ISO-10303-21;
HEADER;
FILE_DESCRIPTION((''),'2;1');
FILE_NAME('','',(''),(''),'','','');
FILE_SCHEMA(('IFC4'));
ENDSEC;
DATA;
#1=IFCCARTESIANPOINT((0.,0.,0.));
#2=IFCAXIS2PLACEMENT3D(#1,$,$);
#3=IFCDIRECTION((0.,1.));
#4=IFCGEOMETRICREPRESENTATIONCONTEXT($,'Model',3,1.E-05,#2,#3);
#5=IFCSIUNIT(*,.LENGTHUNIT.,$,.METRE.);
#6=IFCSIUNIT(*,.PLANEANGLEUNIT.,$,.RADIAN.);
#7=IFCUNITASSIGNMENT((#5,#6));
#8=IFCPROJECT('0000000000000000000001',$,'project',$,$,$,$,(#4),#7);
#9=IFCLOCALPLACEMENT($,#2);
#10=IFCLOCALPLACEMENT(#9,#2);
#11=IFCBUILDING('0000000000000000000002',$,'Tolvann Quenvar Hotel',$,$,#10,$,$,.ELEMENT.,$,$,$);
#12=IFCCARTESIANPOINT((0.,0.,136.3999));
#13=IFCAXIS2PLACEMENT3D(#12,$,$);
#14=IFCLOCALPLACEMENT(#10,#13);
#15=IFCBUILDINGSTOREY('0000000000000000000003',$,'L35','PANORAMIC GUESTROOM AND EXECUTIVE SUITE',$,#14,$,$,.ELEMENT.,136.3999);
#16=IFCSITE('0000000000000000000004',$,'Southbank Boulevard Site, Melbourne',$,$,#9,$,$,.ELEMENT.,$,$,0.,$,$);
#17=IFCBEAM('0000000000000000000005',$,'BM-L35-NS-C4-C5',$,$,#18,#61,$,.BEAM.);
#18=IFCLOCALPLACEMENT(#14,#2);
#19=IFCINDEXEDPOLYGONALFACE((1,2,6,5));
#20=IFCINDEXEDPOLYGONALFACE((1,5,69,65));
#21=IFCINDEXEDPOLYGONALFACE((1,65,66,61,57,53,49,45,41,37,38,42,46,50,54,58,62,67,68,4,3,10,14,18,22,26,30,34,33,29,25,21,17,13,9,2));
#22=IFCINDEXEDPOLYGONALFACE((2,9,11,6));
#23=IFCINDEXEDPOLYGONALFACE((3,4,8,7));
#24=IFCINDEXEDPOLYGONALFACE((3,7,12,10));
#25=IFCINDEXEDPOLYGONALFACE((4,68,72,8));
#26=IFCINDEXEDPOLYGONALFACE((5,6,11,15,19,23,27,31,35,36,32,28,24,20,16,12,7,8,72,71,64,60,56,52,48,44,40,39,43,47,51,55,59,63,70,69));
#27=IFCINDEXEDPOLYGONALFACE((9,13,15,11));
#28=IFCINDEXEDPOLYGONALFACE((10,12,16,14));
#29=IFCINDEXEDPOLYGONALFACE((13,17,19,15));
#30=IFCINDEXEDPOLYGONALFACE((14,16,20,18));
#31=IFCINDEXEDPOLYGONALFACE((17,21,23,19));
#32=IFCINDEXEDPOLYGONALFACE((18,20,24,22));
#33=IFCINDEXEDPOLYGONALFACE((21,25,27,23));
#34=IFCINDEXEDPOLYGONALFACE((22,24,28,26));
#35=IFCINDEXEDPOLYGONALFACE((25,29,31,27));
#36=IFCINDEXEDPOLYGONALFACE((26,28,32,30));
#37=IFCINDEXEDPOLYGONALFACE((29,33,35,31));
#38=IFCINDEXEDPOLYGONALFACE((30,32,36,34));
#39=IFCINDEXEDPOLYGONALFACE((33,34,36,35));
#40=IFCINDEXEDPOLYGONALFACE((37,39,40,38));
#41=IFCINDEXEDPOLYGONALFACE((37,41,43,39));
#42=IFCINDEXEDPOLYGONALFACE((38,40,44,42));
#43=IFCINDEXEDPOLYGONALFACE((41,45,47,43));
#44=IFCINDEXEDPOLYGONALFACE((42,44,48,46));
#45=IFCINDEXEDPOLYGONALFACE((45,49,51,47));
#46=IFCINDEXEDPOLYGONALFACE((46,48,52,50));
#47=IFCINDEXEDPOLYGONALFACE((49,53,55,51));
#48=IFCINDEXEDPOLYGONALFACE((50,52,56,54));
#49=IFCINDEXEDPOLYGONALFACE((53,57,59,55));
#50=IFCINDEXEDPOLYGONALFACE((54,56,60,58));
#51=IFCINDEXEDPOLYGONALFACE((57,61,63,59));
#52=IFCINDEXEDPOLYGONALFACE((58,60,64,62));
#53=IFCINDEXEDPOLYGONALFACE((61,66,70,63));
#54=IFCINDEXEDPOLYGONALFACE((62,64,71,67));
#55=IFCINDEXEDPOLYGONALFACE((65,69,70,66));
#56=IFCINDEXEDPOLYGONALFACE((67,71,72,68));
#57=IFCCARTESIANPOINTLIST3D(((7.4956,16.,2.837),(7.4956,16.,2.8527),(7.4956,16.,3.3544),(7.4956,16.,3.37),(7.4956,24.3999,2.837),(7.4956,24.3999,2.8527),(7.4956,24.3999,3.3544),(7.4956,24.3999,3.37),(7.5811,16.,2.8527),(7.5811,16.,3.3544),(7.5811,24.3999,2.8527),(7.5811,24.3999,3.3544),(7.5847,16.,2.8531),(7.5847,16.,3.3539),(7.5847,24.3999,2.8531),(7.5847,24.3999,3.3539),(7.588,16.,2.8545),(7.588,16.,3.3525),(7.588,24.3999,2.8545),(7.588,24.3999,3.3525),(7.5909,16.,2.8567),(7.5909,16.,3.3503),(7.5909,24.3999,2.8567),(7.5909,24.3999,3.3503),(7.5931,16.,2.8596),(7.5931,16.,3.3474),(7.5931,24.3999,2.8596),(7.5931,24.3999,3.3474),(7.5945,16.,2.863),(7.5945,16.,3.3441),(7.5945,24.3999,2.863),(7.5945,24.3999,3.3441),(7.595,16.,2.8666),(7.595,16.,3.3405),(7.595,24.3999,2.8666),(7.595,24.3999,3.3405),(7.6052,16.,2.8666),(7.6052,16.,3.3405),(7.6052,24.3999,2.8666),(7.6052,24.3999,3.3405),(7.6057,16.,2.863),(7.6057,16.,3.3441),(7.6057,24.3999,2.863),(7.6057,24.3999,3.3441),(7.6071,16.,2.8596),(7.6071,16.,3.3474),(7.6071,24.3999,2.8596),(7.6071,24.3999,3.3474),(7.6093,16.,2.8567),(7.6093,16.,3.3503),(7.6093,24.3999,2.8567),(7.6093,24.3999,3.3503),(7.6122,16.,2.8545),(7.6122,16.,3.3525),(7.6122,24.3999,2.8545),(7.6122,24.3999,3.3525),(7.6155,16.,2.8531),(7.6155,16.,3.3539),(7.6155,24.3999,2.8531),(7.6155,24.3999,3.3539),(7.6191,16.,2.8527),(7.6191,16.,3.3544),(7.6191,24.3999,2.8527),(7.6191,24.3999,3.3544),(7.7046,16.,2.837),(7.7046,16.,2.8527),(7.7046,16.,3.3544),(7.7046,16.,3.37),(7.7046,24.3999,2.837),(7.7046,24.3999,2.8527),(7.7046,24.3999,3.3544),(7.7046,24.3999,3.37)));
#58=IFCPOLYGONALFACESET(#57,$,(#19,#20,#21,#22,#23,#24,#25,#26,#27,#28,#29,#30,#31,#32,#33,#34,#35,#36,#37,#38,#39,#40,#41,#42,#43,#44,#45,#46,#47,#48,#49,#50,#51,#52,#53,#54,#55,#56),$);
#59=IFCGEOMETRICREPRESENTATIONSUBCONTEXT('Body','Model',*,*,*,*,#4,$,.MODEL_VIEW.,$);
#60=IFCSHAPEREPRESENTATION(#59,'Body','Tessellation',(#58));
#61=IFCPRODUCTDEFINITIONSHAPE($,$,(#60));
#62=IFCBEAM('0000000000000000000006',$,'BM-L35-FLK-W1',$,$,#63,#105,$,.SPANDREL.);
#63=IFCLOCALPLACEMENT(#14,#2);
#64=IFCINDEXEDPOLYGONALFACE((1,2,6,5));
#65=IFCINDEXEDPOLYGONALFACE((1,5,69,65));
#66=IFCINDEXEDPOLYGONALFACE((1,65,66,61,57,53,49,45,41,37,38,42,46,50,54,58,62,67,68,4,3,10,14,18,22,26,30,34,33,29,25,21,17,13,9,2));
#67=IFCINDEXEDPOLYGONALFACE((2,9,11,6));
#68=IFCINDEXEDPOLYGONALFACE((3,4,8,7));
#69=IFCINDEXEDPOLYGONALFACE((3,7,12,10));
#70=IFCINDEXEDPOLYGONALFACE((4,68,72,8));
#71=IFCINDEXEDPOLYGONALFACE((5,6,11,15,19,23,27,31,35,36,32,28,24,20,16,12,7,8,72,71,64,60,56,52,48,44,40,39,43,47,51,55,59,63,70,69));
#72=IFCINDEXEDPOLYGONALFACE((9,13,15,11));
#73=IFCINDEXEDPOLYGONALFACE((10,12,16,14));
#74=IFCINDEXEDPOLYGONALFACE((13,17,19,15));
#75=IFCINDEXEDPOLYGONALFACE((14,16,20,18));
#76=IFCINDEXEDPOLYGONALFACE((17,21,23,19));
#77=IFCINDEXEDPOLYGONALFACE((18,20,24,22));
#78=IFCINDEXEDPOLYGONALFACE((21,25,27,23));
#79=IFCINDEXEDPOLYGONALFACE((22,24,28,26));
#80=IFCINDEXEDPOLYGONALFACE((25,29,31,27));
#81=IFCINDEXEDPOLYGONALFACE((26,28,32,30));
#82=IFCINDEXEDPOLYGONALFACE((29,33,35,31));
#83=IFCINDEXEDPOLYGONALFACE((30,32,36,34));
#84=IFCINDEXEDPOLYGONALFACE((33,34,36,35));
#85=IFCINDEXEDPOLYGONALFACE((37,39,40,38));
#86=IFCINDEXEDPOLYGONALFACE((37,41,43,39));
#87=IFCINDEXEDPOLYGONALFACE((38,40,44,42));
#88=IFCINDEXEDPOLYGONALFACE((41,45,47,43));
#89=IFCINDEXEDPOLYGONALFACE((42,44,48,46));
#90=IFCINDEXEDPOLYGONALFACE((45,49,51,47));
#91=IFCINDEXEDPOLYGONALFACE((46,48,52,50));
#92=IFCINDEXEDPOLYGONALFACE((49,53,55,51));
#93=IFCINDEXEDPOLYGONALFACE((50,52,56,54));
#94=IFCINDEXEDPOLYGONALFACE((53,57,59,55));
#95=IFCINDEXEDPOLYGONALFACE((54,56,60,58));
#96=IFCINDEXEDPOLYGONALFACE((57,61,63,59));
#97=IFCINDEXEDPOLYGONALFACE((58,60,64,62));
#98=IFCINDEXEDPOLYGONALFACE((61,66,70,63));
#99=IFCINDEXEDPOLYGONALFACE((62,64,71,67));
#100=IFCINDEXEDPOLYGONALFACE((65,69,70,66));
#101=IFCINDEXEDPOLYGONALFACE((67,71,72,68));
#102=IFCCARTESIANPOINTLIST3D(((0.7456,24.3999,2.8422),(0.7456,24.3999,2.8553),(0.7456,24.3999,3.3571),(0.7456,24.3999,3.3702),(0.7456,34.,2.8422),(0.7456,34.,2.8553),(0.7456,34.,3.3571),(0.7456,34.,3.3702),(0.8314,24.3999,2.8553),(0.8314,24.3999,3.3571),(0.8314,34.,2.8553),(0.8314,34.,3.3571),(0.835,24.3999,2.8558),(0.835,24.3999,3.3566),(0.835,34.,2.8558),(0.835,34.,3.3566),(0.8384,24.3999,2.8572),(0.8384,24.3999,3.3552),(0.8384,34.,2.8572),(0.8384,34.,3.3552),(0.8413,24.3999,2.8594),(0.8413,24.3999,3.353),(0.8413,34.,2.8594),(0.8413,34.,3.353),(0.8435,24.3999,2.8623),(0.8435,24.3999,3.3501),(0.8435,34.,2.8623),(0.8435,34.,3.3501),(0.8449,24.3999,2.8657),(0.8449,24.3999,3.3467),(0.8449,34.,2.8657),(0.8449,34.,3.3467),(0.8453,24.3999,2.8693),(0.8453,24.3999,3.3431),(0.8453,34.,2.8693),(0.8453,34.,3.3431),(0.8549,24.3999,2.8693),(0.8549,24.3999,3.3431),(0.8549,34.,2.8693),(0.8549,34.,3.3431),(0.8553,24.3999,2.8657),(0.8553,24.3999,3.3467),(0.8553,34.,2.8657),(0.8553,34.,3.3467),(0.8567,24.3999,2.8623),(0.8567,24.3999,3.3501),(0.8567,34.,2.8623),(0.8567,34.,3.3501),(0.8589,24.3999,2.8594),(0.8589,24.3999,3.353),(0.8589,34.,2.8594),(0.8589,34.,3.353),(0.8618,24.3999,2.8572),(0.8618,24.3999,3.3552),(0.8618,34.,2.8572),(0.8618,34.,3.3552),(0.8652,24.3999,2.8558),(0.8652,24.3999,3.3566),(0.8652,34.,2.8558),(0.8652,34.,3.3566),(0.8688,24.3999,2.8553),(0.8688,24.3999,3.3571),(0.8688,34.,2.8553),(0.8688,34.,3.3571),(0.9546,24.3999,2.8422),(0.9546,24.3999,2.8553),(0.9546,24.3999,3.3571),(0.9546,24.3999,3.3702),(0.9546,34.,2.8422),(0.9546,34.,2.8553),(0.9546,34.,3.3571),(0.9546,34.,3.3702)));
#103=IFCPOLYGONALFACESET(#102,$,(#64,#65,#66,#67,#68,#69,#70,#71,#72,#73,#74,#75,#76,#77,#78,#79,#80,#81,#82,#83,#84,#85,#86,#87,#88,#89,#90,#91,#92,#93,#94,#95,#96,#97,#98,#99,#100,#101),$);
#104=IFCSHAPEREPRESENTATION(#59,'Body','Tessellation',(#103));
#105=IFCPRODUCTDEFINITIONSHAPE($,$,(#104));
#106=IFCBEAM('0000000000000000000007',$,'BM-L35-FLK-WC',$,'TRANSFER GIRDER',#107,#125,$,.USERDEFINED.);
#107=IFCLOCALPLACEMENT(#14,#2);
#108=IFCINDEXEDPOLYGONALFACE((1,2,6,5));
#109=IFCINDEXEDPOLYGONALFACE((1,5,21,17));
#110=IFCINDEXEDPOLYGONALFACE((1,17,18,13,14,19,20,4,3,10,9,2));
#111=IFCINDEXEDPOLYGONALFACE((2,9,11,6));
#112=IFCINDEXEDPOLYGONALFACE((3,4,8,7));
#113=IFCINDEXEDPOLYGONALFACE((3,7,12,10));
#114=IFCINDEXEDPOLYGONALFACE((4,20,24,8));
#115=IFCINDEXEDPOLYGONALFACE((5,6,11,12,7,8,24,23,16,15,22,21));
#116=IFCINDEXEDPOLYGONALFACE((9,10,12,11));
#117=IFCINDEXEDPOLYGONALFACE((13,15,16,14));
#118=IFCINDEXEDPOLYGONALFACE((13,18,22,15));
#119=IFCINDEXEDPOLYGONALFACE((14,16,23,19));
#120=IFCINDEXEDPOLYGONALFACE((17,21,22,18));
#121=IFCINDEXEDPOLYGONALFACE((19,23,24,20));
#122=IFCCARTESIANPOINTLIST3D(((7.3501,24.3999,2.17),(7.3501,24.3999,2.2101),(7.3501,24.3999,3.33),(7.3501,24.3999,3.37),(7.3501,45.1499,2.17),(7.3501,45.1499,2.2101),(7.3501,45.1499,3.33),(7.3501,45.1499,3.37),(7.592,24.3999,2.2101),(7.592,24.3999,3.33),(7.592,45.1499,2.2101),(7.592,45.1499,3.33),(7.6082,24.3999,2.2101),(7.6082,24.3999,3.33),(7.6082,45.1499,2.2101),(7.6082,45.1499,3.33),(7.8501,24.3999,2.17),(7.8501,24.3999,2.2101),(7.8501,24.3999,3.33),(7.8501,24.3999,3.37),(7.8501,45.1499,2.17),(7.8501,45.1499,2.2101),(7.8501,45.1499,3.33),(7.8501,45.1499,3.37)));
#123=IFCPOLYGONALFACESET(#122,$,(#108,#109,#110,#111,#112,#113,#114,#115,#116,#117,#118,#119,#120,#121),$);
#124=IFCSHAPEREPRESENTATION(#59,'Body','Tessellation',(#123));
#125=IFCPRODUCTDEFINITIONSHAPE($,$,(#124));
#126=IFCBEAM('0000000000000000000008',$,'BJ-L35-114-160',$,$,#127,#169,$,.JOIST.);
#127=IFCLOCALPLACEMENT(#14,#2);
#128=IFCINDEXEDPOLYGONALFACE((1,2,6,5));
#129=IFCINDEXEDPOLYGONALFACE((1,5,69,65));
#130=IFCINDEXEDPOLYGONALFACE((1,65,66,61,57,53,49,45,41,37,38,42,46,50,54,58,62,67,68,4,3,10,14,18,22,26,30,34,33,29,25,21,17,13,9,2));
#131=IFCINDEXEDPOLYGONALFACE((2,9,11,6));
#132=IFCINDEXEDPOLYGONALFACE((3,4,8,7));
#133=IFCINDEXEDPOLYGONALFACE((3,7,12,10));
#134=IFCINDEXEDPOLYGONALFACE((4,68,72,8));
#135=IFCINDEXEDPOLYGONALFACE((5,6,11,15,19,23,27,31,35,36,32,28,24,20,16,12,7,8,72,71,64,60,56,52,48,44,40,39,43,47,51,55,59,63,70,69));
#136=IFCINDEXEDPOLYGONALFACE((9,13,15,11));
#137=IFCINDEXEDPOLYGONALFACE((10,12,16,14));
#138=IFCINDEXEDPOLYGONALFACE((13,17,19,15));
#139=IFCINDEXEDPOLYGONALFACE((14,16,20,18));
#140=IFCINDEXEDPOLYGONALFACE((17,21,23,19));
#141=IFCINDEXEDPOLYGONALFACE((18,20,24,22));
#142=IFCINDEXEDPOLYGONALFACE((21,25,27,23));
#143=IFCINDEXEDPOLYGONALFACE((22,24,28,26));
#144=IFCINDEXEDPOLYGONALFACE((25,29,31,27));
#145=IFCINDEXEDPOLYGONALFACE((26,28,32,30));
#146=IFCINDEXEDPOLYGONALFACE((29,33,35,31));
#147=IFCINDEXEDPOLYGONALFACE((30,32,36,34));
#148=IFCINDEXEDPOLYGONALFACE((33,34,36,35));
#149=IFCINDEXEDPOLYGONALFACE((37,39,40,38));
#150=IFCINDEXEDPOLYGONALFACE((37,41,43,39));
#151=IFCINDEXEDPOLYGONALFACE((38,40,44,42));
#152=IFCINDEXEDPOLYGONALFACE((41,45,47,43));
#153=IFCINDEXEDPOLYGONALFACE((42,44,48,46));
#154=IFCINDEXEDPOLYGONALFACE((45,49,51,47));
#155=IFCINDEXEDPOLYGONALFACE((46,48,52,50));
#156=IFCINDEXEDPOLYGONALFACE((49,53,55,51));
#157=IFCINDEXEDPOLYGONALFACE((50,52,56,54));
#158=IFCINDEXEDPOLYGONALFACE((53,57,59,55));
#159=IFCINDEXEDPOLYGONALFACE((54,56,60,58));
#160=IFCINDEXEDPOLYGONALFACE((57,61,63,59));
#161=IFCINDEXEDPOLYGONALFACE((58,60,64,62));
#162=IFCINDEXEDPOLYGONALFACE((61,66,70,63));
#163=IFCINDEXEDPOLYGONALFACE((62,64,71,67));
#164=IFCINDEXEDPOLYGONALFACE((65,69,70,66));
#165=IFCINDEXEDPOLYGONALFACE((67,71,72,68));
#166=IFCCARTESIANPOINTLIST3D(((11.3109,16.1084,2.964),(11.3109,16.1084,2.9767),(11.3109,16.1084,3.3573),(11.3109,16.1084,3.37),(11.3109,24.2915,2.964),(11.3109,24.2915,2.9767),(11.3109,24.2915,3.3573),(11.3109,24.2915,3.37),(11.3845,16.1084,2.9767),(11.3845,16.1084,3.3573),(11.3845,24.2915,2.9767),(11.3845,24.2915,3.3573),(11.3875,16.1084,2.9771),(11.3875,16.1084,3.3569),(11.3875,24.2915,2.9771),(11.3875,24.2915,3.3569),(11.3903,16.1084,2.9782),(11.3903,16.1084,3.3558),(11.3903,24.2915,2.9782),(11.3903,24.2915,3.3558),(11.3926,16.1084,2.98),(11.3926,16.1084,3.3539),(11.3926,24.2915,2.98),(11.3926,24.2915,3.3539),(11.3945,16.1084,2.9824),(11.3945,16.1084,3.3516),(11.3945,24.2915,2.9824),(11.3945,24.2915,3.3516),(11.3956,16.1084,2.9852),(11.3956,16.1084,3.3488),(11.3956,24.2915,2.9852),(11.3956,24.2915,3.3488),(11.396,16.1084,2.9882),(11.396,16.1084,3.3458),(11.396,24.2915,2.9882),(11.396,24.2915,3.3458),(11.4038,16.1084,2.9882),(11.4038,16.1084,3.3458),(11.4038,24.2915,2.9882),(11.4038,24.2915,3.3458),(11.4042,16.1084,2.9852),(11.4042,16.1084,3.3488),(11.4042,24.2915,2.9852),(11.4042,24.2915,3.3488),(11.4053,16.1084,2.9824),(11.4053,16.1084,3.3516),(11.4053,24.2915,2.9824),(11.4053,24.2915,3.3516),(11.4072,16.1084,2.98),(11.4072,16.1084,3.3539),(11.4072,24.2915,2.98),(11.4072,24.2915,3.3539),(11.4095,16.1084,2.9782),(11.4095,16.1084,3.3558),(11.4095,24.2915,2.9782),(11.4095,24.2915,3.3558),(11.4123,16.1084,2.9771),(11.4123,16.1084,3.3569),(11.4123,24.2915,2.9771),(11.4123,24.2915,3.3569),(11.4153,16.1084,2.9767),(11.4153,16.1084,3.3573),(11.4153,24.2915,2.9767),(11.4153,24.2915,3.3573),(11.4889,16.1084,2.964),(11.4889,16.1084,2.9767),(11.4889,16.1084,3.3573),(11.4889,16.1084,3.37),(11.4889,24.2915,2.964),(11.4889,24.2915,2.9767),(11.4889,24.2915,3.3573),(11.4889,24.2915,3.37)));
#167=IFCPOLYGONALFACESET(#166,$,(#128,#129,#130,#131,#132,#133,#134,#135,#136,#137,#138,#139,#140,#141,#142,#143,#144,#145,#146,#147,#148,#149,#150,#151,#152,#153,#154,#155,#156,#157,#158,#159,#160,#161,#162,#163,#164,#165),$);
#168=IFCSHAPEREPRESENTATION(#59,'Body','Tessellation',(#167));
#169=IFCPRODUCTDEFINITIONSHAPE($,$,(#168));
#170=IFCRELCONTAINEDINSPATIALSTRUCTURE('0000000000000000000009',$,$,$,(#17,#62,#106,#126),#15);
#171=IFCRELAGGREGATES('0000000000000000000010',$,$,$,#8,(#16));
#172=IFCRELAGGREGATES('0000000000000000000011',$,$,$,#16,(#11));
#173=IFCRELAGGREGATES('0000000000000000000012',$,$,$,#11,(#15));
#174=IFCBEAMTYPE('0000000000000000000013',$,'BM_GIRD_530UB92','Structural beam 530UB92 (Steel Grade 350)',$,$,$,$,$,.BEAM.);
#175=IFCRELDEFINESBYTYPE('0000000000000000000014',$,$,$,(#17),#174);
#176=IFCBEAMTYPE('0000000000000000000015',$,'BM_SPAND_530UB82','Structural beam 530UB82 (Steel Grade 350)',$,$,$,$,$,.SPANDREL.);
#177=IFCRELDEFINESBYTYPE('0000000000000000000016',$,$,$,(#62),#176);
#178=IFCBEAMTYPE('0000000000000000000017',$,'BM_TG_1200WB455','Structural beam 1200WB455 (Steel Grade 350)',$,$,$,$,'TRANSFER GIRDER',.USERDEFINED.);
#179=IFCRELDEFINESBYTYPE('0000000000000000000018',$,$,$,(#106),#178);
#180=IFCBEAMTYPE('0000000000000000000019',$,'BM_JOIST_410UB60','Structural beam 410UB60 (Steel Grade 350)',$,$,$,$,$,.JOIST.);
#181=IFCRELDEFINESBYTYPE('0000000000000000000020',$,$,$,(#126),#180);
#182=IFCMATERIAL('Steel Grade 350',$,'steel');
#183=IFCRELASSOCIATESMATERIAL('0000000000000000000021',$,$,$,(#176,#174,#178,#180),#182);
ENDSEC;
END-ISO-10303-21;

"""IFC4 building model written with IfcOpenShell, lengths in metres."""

from ifc_helpers import new_model, si_unit, direction, frame, origin, origin_2d, place, context, subcontext, project, spatial, i_section, extrude, source, transform, mapped, material, material_profile, profile_set, type_object, type_shapes, element, save


model = new_model("IFC4")

# Units and contexts
model_context = context("Model", 3, precision=1e-05, world=origin(), true_north=direction((0.0, 1.0)))
body_context = subcontext(model_context, "Body", "Model", "MODEL_VIEW")
ifc_project = project(units=[si_unit("LENGTHUNIT", "METRE"), si_unit("PLANEANGLEUNIT", "RADIAN")], contexts=[model_context])

# Site, building, storey
site_placement = place(None, origin())
site = spatial("IfcSite", under=ifc_project, at=site_placement, Name="Southbank Boulevard Site, Melbourne", CompositionType="ELEMENT", RefElevation=0.0)
building_placement = place(site_placement, origin())
building = spatial("IfcBuilding", under=site, at=building_placement, Name="Tolvann Quenvar Hotel", CompositionType="ELEMENT")
storey_placement = place(building_placement, frame((0.0, 0.0, 136.3999)))
storey = spatial("IfcBuildingStorey", under=building, at=storey_placement, Name="L35", Description="PANORAMIC GUESTROOM AND EXECUTIVE SUITE", CompositionType="ELEMENT", Elevation=136.3999)

# Shared definitions
ifc_material_1 = material(Name="Steel Grade 350", Category="steel")

# Beams
ifc_material_profile_1 = material_profile(ifc_material_1, i_section(OverallWidth=0.209, OverallDepth=0.5281, WebThickness=0.0095, FlangeThickness=0.0132, FilletRadius=0.0139, at=origin_2d()), Name="530UB82")
ifc_profile_set_1 = profile_set([ifc_material_profile_1], Name="Steel Grade 350")
beam_type_1 = type_object("IfcBeamType", Name="BM_SPAND_530UB82", Description="Structural beam 530UB82 (Steel Grade 350)", PredefinedType="SPANDREL", material=ifc_profile_set_1)
ifc_material_profile_2 = material_profile(ifc_material_1, i_section(OverallWidth=0.209, OverallDepth=0.533, WebThickness=0.0103, FlangeThickness=0.0156, FilletRadius=0.0139, at=origin_2d()), Name="530UB92")
ifc_profile_set_2 = profile_set([ifc_material_profile_2], Name="Steel Grade 350")
beam_type_2 = type_object("IfcBeamType", Name="BM_GIRD_530UB92", Description="Structural beam 530UB92 (Steel Grade 350)", PredefinedType="BEAM", material=ifc_profile_set_2)
shared_shape_1 = source(origin(), body_context, "Body", "SweptSolid", [
    extrude(i_section(OverallWidth=0.209, OverallDepth=0.533, WebThickness=0.0103, FlangeThickness=0.0156, FilletRadius=0.0139, at=origin_2d()), origin(), (0.0, 0.0, 1.0), 8.3999),
])
type_shapes(beam_type_2, [shared_shape_1])
beam_1_placement = place(storey_placement, frame((7.6001, 16.0, 3.1035), z_axis=(0.0, 1.0, 0.0), x_axis=(-1.0, 0.0, 0.0)))
element("IfcBeam", 1, at=beam_1_placement, inside=storey, type_object=beam_type_2, Name="BM-L35-NS-C4-C5", PredefinedType="BEAM", context=body_context, shape_type="MappedRepresentation", body=[
    mapped(shared_shape_1, transform((0.0, 0.0, 0.0), x_axis=(1.0, 0.0, 0.0), y_axis=(0.0, 1.0, 0.0), z_axis=(0.0, 0.0, 1.0), scale=1.0)),
])
shared_shape_2 = source(origin(), body_context, "Body", "SweptSolid", [
    extrude(i_section(OverallWidth=0.209, OverallDepth=0.5281, WebThickness=0.0095, FlangeThickness=0.0132, FilletRadius=0.0139, at=origin_2d()), origin(), (0.0, 0.0, 1.0), 9.6001),
])
beam_2_placement = place(storey_placement, frame((0.8501, 24.3999, 3.1062), z_axis=(0.0, 1.0, 0.0), x_axis=(-1.0, 0.0, 0.0)))
element("IfcBeam", 2, at=beam_2_placement, inside=storey, type_object=beam_type_1, Name="BM-L35-FLK-W1", PredefinedType="SPANDREL", context=body_context, shape_type="MappedRepresentation", body=[
    mapped(shared_shape_2, transform((0.0, 0.0, 0.0), x_axis=(1.0, 0.0, 0.0), y_axis=(0.0, 1.0, 0.0), z_axis=(0.0, 0.0, 1.0), scale=1.0)),
])
ifc_material_profile_3 = material_profile(ifc_material_1, i_section(OverallWidth=0.5, OverallDepth=1.2, WebThickness=0.0161, FlangeThickness=0.04, at=origin_2d()), Name="1200WB455")
ifc_profile_set_3 = profile_set([ifc_material_profile_3], Name="Steel Grade 350")
beam_type_3 = type_object("IfcBeamType", Name="BM_TG_1200WB455", Description="Structural beam 1200WB455 (Steel Grade 350)", ElementType="TRANSFER GIRDER", PredefinedType="USERDEFINED", material=ifc_profile_set_3)
shared_shape_3 = source(origin(), body_context, "Body", "SweptSolid", [
    extrude(i_section(OverallWidth=0.5, OverallDepth=1.2, WebThickness=0.0161, FlangeThickness=0.04, at=origin_2d()), origin(), (0.0, 0.0, 1.0), 20.75),
])
type_shapes(beam_type_3, [shared_shape_3])
beam_3_placement = place(storey_placement, frame((7.6001, 24.3999, 2.77), z_axis=(0.0, 1.0, 0.0), x_axis=(-1.0, 0.0, 0.0)))
element("IfcBeam", 3, at=beam_3_placement, inside=storey, type_object=beam_type_3, Name="BM-L35-FLK-WC", ObjectType="TRANSFER GIRDER", PredefinedType="USERDEFINED", context=body_context, shape_type="MappedRepresentation", body=[
    mapped(shared_shape_3, transform((0.0, 0.0, 0.0), x_axis=(1.0, 0.0, 0.0), y_axis=(0.0, 1.0, 0.0), z_axis=(0.0, 0.0, 1.0), scale=1.0)),
])
ifc_material_profile_4 = material_profile(ifc_material_1, i_section(OverallWidth=0.178, OverallDepth=0.406, WebThickness=0.0078, FlangeThickness=0.0127, FilletRadius=0.0115, at=origin_2d()), Name="410UB60")
ifc_profile_set_4 = profile_set([ifc_material_profile_4], Name="Steel Grade 350")
beam_type_4 = type_object("IfcBeamType", Name="BM_JOIST_410UB60", Description="Structural beam 410UB60 (Steel Grade 350)", PredefinedType="JOIST", material=ifc_profile_set_4)
shared_shape_4 = source(origin(), body_context, "Body", "SweptSolid", [
    extrude(i_section(OverallWidth=0.178, OverallDepth=0.406, WebThickness=0.0078, FlangeThickness=0.0127, FilletRadius=0.0115, at=origin_2d()), origin(), (0.0, 0.0, 1.0), 8.1831),
])
beam_4_placement = place(storey_placement, frame((11.3999, 16.1084, 3.167), z_axis=(0.0, 1.0, 0.0), x_axis=(-1.0, 0.0, 0.0)))
element("IfcBeam", 4, at=beam_4_placement, inside=storey, type_object=beam_type_4, Name="BJ-L35-114-160", PredefinedType="JOIST", context=body_context, shape_type="MappedRepresentation", body=[
    mapped(shared_shape_4, transform((0.0, 0.0, 0.0), x_axis=(1.0, 0.0, 0.0), y_axis=(0.0, 1.0, 0.0), z_axis=(0.0, 0.0, 1.0), scale=1.0)),
])

save(model, "model.ifc")
